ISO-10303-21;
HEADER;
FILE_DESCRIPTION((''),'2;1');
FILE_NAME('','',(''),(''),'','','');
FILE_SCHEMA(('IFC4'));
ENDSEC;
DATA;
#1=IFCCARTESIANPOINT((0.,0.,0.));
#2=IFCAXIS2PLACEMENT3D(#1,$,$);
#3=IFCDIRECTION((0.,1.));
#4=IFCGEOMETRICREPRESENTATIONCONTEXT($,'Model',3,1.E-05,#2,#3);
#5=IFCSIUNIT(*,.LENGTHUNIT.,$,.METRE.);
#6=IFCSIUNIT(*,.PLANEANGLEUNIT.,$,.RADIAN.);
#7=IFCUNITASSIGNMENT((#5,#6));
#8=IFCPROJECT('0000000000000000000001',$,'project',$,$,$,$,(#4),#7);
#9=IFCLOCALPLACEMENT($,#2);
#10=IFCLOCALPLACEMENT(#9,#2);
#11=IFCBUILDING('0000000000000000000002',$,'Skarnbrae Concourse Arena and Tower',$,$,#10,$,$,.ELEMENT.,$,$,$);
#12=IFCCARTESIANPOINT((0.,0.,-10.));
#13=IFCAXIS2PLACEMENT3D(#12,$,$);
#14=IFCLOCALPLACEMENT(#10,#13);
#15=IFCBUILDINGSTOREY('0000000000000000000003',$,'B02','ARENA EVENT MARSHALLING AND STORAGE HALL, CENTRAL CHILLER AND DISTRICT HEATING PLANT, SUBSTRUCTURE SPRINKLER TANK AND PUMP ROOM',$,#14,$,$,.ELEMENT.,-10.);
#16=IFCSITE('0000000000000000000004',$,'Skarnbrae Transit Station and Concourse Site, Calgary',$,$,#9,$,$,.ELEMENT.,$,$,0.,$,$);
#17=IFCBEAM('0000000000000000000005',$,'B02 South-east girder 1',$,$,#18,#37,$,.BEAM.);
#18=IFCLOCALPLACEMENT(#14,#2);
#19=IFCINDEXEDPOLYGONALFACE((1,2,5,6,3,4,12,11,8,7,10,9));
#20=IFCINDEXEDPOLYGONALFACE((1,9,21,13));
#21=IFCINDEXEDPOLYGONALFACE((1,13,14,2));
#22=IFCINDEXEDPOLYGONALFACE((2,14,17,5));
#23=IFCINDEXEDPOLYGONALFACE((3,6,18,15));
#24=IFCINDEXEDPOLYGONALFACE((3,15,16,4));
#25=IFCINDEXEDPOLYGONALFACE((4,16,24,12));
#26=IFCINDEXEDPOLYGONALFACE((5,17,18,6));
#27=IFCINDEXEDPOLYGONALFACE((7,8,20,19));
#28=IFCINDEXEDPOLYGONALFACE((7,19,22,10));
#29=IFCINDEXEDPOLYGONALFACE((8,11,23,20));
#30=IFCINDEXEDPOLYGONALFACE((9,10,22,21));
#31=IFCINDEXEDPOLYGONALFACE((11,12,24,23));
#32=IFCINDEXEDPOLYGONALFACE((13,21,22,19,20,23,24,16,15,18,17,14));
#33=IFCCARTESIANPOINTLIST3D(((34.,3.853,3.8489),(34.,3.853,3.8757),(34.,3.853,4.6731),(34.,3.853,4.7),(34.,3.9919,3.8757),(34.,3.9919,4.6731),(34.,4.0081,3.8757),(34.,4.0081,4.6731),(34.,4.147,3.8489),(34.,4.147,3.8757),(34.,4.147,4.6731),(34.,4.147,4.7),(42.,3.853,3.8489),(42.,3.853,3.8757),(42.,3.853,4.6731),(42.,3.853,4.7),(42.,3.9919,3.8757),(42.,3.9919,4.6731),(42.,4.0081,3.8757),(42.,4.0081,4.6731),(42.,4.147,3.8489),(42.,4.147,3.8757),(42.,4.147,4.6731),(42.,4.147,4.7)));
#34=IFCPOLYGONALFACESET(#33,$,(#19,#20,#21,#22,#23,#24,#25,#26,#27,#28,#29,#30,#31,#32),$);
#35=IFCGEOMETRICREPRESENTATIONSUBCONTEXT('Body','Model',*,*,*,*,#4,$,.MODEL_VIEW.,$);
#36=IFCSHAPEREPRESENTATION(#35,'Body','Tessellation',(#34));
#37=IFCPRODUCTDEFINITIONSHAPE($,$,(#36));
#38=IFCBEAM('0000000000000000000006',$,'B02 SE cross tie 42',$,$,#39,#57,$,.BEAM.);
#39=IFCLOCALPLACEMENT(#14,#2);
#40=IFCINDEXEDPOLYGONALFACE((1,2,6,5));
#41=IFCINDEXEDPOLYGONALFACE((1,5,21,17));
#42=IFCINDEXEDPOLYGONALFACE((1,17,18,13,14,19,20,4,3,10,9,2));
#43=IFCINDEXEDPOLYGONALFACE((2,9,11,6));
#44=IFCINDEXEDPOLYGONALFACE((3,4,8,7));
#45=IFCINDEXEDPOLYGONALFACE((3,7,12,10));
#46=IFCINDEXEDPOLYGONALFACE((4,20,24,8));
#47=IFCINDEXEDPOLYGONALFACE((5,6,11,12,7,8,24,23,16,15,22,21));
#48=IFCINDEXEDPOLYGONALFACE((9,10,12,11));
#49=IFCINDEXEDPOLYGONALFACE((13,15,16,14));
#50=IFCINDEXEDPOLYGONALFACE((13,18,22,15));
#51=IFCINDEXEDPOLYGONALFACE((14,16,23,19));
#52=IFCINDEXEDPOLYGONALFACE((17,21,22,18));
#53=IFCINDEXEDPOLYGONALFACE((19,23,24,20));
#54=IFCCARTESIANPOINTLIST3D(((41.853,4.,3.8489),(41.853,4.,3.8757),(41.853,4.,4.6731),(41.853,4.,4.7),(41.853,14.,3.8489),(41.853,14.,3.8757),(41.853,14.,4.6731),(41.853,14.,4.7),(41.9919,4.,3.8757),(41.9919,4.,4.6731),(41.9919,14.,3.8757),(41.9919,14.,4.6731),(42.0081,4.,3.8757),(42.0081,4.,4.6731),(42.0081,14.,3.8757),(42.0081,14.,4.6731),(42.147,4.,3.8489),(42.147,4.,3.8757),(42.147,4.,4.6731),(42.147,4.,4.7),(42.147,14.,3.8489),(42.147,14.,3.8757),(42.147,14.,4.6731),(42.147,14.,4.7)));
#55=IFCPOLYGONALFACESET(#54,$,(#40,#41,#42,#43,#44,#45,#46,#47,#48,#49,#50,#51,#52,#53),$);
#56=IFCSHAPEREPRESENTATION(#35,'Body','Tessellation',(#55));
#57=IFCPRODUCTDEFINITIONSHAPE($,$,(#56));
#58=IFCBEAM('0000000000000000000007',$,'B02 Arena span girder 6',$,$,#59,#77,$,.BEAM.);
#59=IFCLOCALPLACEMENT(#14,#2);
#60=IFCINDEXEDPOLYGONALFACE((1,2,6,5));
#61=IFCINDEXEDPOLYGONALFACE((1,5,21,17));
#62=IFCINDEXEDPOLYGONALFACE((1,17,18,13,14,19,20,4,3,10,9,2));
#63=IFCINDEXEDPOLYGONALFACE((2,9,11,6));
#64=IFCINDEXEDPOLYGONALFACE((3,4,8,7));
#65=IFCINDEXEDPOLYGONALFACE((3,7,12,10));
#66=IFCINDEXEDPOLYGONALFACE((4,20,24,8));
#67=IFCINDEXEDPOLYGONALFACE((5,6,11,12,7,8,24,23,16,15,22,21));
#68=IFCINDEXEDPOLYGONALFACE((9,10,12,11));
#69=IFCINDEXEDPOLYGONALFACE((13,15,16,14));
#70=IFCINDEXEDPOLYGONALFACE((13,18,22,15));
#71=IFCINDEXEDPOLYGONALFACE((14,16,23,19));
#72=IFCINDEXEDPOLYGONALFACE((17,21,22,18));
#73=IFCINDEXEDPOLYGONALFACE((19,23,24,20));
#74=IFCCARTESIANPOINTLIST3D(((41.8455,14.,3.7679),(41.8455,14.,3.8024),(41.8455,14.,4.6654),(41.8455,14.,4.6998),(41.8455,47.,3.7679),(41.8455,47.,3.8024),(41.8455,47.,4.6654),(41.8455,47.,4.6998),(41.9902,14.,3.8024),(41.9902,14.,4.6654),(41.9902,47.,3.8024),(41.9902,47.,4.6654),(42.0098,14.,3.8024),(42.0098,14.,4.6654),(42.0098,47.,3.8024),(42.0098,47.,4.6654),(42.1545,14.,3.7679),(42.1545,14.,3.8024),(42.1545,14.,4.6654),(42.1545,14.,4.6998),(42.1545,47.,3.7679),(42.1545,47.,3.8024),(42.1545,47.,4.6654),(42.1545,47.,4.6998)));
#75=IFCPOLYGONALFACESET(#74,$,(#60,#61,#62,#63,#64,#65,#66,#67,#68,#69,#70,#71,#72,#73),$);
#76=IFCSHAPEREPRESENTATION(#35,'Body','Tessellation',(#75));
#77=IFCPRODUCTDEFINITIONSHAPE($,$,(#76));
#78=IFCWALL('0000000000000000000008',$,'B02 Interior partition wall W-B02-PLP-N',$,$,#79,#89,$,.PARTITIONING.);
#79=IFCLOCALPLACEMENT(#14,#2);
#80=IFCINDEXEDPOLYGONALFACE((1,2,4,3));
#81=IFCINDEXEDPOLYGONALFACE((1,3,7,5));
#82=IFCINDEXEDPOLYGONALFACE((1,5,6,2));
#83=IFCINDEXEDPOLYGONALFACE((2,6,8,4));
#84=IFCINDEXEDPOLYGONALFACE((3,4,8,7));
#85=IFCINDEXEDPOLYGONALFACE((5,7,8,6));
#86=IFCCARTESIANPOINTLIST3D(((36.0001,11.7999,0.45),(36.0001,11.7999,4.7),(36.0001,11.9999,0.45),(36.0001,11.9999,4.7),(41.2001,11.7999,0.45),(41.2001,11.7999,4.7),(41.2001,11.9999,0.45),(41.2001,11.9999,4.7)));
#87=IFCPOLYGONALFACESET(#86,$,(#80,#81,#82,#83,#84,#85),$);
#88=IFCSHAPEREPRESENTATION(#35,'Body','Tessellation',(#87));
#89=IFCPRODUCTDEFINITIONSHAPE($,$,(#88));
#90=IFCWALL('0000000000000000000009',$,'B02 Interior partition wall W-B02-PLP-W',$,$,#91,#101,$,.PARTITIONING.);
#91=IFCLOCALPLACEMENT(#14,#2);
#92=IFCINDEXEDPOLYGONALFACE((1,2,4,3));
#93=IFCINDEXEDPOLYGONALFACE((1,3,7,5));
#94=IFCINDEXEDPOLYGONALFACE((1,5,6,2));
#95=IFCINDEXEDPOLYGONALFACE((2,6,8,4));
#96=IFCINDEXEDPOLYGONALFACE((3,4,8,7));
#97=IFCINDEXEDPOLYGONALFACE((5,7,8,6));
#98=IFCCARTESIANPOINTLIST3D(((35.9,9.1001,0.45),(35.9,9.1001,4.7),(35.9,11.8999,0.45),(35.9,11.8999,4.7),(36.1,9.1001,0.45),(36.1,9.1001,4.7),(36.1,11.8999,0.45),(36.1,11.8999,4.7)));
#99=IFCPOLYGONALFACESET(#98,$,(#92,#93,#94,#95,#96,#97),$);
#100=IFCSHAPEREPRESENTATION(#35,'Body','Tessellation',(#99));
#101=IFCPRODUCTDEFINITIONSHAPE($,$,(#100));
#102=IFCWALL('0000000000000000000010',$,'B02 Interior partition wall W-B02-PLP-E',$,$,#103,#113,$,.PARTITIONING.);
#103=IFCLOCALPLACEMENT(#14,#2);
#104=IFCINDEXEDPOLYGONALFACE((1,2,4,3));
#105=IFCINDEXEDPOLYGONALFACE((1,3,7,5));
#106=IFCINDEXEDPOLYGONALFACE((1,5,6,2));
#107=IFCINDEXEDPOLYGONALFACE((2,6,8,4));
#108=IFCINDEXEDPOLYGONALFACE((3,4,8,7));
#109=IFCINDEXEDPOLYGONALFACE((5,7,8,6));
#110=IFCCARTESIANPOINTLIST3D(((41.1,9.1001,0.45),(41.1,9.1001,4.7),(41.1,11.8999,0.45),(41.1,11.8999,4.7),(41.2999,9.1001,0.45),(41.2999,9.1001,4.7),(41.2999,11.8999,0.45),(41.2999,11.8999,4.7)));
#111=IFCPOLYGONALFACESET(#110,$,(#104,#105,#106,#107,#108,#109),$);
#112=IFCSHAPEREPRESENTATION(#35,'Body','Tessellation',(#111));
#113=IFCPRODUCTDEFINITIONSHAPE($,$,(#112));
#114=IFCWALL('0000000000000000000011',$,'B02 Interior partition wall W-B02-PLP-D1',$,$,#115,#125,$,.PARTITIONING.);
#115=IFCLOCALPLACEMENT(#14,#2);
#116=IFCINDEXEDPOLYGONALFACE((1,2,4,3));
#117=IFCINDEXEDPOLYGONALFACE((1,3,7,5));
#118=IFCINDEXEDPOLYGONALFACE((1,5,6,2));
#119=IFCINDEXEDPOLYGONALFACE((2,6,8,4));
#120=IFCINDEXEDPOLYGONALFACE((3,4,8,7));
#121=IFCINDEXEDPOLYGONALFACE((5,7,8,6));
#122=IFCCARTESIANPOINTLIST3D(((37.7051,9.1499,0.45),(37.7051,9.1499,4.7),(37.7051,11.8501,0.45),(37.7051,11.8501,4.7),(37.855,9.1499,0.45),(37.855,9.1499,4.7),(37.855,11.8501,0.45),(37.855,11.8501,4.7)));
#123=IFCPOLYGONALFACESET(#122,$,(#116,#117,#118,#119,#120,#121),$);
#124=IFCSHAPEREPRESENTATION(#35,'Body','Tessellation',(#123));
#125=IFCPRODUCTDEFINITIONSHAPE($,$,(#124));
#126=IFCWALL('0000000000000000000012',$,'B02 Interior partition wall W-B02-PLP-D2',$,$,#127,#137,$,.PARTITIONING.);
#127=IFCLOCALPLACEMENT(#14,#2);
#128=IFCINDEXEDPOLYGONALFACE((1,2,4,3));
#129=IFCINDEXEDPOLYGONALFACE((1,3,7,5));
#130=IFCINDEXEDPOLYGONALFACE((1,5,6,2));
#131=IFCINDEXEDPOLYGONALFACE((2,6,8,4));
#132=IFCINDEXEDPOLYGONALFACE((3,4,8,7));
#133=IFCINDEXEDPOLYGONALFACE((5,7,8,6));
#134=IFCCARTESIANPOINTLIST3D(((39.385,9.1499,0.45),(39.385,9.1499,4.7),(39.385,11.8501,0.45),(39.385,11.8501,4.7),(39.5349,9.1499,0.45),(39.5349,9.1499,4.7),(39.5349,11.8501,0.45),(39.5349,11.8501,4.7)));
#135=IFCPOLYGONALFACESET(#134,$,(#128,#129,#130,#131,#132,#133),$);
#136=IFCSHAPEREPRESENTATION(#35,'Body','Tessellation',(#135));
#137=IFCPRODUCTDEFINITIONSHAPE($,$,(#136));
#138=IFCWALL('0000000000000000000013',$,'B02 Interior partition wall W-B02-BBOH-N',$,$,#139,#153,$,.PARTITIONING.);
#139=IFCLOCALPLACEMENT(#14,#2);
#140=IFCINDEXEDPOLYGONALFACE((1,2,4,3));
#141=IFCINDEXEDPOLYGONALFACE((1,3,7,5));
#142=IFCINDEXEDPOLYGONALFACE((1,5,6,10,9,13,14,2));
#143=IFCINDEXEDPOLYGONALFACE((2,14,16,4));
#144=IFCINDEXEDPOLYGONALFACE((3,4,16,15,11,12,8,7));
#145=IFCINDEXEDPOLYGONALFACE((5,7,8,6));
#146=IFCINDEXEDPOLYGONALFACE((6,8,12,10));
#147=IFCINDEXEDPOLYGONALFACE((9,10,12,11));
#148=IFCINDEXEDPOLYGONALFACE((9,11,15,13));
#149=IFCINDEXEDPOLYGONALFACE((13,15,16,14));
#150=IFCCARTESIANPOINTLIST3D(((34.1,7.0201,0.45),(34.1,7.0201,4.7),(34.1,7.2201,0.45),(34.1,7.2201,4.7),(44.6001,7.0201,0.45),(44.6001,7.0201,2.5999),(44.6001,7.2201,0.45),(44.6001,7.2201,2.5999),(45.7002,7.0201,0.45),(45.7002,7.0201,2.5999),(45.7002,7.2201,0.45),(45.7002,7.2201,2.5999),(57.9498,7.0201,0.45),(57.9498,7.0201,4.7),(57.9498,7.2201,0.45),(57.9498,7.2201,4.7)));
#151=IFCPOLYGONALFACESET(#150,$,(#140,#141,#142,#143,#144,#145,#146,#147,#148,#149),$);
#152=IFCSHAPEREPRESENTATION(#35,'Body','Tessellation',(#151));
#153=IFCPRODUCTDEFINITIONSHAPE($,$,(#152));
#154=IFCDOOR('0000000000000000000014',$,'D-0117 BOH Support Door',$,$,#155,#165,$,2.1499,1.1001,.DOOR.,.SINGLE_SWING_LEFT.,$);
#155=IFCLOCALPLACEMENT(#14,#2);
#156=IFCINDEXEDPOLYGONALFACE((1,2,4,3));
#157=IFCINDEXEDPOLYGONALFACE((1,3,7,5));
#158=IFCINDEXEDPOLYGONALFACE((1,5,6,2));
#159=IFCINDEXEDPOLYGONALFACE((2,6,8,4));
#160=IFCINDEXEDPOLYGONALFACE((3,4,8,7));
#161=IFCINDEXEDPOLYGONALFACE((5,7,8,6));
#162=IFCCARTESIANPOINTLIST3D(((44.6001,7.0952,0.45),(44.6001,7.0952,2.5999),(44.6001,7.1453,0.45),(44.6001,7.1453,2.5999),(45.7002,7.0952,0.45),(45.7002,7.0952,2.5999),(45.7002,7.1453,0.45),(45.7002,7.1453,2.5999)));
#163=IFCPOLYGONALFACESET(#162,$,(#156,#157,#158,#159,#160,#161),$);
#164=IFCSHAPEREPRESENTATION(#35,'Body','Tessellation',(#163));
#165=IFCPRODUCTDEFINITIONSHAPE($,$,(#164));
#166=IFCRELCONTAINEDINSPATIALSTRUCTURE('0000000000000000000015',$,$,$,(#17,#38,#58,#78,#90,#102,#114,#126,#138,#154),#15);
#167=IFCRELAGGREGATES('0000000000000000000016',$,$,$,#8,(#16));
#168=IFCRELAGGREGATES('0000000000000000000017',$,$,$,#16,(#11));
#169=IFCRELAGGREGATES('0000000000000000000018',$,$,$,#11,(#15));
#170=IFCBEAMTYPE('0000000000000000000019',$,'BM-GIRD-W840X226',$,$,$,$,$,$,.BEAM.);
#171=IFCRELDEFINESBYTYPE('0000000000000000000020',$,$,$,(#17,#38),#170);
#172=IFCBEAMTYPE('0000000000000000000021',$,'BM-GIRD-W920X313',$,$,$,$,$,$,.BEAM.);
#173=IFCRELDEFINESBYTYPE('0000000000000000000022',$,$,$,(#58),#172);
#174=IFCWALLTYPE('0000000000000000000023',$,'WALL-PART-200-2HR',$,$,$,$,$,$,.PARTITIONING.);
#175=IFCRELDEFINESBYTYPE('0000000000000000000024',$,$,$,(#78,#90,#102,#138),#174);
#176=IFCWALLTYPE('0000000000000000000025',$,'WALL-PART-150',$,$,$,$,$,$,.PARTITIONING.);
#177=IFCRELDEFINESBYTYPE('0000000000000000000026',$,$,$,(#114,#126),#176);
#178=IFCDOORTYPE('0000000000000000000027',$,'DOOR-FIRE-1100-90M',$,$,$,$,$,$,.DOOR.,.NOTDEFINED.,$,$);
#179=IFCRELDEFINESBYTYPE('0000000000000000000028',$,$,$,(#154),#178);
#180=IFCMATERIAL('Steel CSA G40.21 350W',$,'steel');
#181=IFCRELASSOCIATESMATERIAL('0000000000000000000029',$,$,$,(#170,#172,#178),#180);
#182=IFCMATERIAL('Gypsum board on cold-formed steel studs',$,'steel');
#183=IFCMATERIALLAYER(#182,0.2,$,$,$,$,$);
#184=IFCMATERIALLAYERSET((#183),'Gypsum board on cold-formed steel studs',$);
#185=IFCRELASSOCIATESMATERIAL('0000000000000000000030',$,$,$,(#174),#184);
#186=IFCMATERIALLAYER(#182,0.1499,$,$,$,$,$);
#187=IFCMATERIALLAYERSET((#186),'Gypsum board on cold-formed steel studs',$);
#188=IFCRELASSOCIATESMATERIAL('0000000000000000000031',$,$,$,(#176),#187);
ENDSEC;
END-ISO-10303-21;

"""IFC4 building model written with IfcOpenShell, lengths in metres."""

from ifc_helpers import new_model, si_unit, direction, frame, frame_2d, origin, origin_2d, place, context, subcontext, project, spatial, rectangle, i_section, extrude, source, transform, mapped, material, layer, layer_set, material_profile, profile_set, type_object, element, fill, save


model = new_model("IFC4")

# Units and contexts
model_context = context("Model", 3, precision=1e-05, world=origin(), true_north=direction((0.0, 1.0)))
body_context = subcontext(model_context, "Body", "Model", "MODEL_VIEW")
ifc_project = project(units=[si_unit("LENGTHUNIT", "METRE"), si_unit("PLANEANGLEUNIT", "RADIAN")], contexts=[model_context])

# Site, building, storey
site_placement = place(None, origin())
site = spatial("IfcSite", under=ifc_project, at=site_placement, Name="Skarnbrae Transit Station and Concourse Site, Calgary", CompositionType="ELEMENT", RefElevation=0.0)
building_placement = place(site_placement, origin())
building = spatial("IfcBuilding", under=site, at=building_placement, Name="Skarnbrae Concourse Arena and Tower", CompositionType="ELEMENT")
storey_placement = place(building_placement, frame((0.0, 0.0, -10.0)))
storey = spatial("IfcBuildingStorey", under=building, at=storey_placement, Name="B02", Description="ARENA EVENT MARSHALLING AND STORAGE HALL, CENTRAL CHILLER AND DISTRICT HEATING PLANT, SUBSTRUCTURE SPRINKLER TANK AND PUMP ROOM", CompositionType="ELEMENT", Elevation=-10.0)

# Shared definitions
ifc_material_1 = material(Name="Steel CSA G40.21 350W", Category="steel")

# Beams
ifc_material_profile_1 = material_profile(ifc_material_1, i_section(OverallWidth=0.2939, OverallDepth=0.8511, WebThickness=0.0161, FlangeThickness=0.0269, at=origin_2d()), Name="W840X226")
ifc_profile_set_1 = profile_set([ifc_material_profile_1], Name="Steel CSA G40.21 350W")
beam_type_1 = type_object("IfcBeamType", Name="BM-GIRD-W840X226", PredefinedType="BEAM", material=ifc_profile_set_1)
shared_shape_1 = source(origin(), body_context, "Body", "SweptSolid", [
    extrude(i_section(OverallWidth=0.2939, OverallDepth=0.8511, WebThickness=0.0161, FlangeThickness=0.0269, at=origin_2d()), origin(), (0.0, 0.0, 1.0), 8.0),
])
beam_1_placement = place(storey_placement, frame((34.0, 4.0, 4.2744), z_axis=(1.0, 0.0, 0.0), x_axis=(0.0, 1.0, 0.0)))
element("IfcBeam", 1, at=beam_1_placement, inside=storey, type_object=beam_type_1, Name="B02 South-east girder 1", PredefinedType="BEAM", context=body_context, shape_type="MappedRepresentation", body=[
    mapped(shared_shape_1, transform((0.0, 0.0, 0.0))),
])
shared_shape_2 = source(origin(), body_context, "Body", "SweptSolid", [
    extrude(i_section(OverallWidth=0.2939, OverallDepth=0.8511, WebThickness=0.0161, FlangeThickness=0.0269, at=origin_2d()), origin(), (0.0, 0.0, 1.0), 10.0),
])
beam_2_placement = place(storey_placement, frame((42.0, 4.0, 4.2744), z_axis=(0.0, 1.0, 0.0), x_axis=(-1.0, 0.0, 0.0)))
element("IfcBeam", 2, at=beam_2_placement, inside=storey, type_object=beam_type_1, Name="B02 SE cross tie 42", PredefinedType="BEAM", context=body_context, shape_type="MappedRepresentation", body=[
    mapped(shared_shape_2, transform((0.0, 0.0, 0.0))),
])
ifc_material_profile_2 = material_profile(ifc_material_1, i_section(OverallWidth=0.3091, OverallDepth=0.9319, WebThickness=0.0195, FlangeThickness=0.0344, at=origin_2d()), Name="W920X313")
ifc_profile_set_2 = profile_set([ifc_material_profile_2], Name="Steel CSA G40.21 350W")
beam_type_2 = type_object("IfcBeamType", Name="BM-GIRD-W920X313", PredefinedType="BEAM", material=ifc_profile_set_2)
shared_shape_3 = source(origin(), body_context, "Body", "SweptSolid", [
    extrude(i_section(OverallWidth=0.3091, OverallDepth=0.9319, WebThickness=0.0195, FlangeThickness=0.0344, at=origin_2d()), origin(), (0.0, 0.0, 1.0), 33.0),
])
beam_3_placement = place(storey_placement, frame((42.0, 14.0, 4.2339), z_axis=(0.0, 1.0, 0.0), x_axis=(-1.0, 0.0, 0.0)))
element("IfcBeam", 3, at=beam_3_placement, inside=storey, type_object=beam_type_2, Name="B02 Arena span girder 6", PredefinedType="BEAM", context=body_context, shape_type="MappedRepresentation", body=[
    mapped(shared_shape_3, transform((0.0, 0.0, 0.0))),
])

# Shared definitions
ifc_material_2 = material(Name="Gypsum board on cold-formed steel studs", Category="steel")
ifc_layer_1 = layer(ifc_material_2, 0.2)
ifc_layer_set_1 = layer_set([ifc_layer_1], Name="Gypsum board on cold-formed steel studs")
wall_type_1 = type_object("IfcWallType", Name="WALL-PART-200-2HR", PredefinedType="PARTITIONING", material=ifc_layer_set_1)
shared_shape_4 = source(origin(), body_context, "Body", "SweptSolid", [
    extrude(rectangle(XDim=5.2, YDim=0.2, at=frame_2d((2.6001, 0.0))), origin(), (0.0, 0.0, 1.0), 4.25),
])

# Walls
wall_1_placement = place(storey_placement, frame((36.0, 11.8999, 0.45), z_axis=(0.0, 0.0, 1.0), x_axis=(1.0, 0.0, 0.0)))
element("IfcWall", 4, at=wall_1_placement, inside=storey, type_object=wall_type_1, Name="B02 Interior partition wall W-B02-PLP-N", PredefinedType="PARTITIONING", context=body_context, shape_type="MappedRepresentation", body=[
    mapped(shared_shape_4, transform((0.0, 0.0, 0.0))),
])
shared_shape_5 = source(origin(), body_context, "Body", "SweptSolid", [
    extrude(rectangle(XDim=2.7998, YDim=0.2, at=frame_2d((1.3999, 0.0))), origin(), (0.0, 0.0, 1.0), 4.25),
])
for number, where, z_axis, x_axis, name in (
    (5, (36.0, 9.1001, 0.45), (0.0, 0.0, 1.0), (0.0, 1.0, 0.0), "B02 Interior partition wall W-B02-PLP-W"),
    (6, (41.2, 9.1001, 0.45), (0.0, 0.0, 1.0), (0.0, 1.0, 0.0), "B02 Interior partition wall W-B02-PLP-E"),
):
    element("IfcWall", number, at=place(storey_placement, frame(where, z_axis=z_axis, x_axis=x_axis)), inside=storey, type_object=wall_type_1, Name=name, PredefinedType="PARTITIONING", context=body_context, shape_type="MappedRepresentation", body=[
        mapped(shared_shape_5, transform((0.0, 0.0, 0.0))),
    ])
ifc_layer_2 = layer(ifc_material_2, 0.1499)
ifc_layer_set_2 = layer_set([ifc_layer_2], Name="Gypsum board on cold-formed steel studs")
wall_type_2 = type_object("IfcWallType", Name="WALL-PART-150", PredefinedType="PARTITIONING", material=ifc_layer_set_2)
shared_shape_6 = source(origin(), body_context, "Body", "SweptSolid", [
    extrude(rectangle(XDim=2.7002, YDim=0.1499, at=frame_2d((1.3501, 0.0))), origin(), (0.0, 0.0, 1.0), 4.25),
])
for number, where, z_axis, x_axis, name in (
    (7, (37.78, 9.1499, 0.45), (0.0, 0.0, 1.0), (0.0, 1.0, 0.0), "B02 Interior partition wall W-B02-PLP-D1"),
    (8, (39.46, 9.1499, 0.45), (0.0, 0.0, 1.0), (0.0, 1.0, 0.0), "B02 Interior partition wall W-B02-PLP-D2"),
):
    element("IfcWall", number, at=place(storey_placement, frame(where, z_axis=z_axis, x_axis=x_axis)), inside=storey, type_object=wall_type_2, Name=name, PredefinedType="PARTITIONING", context=body_context, shape_type="MappedRepresentation", body=[
        mapped(shared_shape_6, transform((0.0, 0.0, 0.0))),
    ])

# Wall, opening, door
shared_shape_7 = source(origin(), body_context, "Body", "SweptSolid", [
    extrude(rectangle(XDim=23.8499, YDim=0.2, at=frame_2d((11.9248, 0.0))), origin(), (0.0, 0.0, 1.0), 4.25),
])
wall_2_placement = place(storey_placement, frame((34.1001, 7.1201, 0.45), z_axis=(0.0, 0.0, 1.0), x_axis=(1.0, 0.0, 0.0)))
wall_2 = element("IfcWall", 9, at=wall_2_placement, inside=storey, type_object=wall_type_1, Name="B02 Interior partition wall W-B02-BBOH-N", PredefinedType="PARTITIONING", context=body_context, shape_type="MappedRepresentation", body=[
    mapped(shared_shape_7, transform((0.0, 0.0, 0.0))),
])
opening_1_placement = place(wall_2_placement, frame((10.5, 0.0, 0.0)))
opening_1 = element("IfcOpeningElement", 10, at=opening_1_placement, cuts=wall_2, PredefinedType="OPENING", context=body_context, shape_type="SweptSolid", body=[
    extrude(rectangle(XDim=1.1001, YDim=2.1499, at=frame_2d((0.55, 1.075))), frame((0.0, 0.1099, 0.0), z_axis=(0.0, -1.0, 0.0), x_axis=(1.0, 0.0, 0.0)), (0.0, 0.0, 1.0), 0.22),
])
door_type_1 = type_object("IfcDoorType", Name="DOOR-FIRE-1100-90M", OperationType="NOTDEFINED", PredefinedType="DOOR", material=ifc_material_1)
shared_shape_8 = source(origin(), body_context, "Body", "SweptSolid", [
    extrude(rectangle(XDim=1.1001, YDim=2.1499, at=frame_2d((0.55, 1.075))), frame((0.0, 0.0249, 0.0), z_axis=(0.0, -1.0, 0.0), x_axis=(1.0, 0.0, 0.0)), (0.0, 0.0, 1.0), 0.05),
])
door_1_placement = place(opening_1_placement, frame((1.1001, 0.0, 0.0), z_axis=(0.0, 0.0, 1.0), x_axis=(-1.0, 0.0, 0.0)))
door_1 = element("IfcDoor", 11, at=door_1_placement, inside=storey, type_object=door_type_1, Name="D-0117 BOH Support Door", OperationType="SINGLE_SWING_LEFT", OverallHeight=2.1499, OverallWidth=1.1001, PredefinedType="DOOR", context=body_context, shape_type="MappedRepresentation", body=[
    mapped(shared_shape_8, transform((0.0, 0.0, 0.0))),
])
fill(opening_1, door_1)

save(model, "model.ifc")
